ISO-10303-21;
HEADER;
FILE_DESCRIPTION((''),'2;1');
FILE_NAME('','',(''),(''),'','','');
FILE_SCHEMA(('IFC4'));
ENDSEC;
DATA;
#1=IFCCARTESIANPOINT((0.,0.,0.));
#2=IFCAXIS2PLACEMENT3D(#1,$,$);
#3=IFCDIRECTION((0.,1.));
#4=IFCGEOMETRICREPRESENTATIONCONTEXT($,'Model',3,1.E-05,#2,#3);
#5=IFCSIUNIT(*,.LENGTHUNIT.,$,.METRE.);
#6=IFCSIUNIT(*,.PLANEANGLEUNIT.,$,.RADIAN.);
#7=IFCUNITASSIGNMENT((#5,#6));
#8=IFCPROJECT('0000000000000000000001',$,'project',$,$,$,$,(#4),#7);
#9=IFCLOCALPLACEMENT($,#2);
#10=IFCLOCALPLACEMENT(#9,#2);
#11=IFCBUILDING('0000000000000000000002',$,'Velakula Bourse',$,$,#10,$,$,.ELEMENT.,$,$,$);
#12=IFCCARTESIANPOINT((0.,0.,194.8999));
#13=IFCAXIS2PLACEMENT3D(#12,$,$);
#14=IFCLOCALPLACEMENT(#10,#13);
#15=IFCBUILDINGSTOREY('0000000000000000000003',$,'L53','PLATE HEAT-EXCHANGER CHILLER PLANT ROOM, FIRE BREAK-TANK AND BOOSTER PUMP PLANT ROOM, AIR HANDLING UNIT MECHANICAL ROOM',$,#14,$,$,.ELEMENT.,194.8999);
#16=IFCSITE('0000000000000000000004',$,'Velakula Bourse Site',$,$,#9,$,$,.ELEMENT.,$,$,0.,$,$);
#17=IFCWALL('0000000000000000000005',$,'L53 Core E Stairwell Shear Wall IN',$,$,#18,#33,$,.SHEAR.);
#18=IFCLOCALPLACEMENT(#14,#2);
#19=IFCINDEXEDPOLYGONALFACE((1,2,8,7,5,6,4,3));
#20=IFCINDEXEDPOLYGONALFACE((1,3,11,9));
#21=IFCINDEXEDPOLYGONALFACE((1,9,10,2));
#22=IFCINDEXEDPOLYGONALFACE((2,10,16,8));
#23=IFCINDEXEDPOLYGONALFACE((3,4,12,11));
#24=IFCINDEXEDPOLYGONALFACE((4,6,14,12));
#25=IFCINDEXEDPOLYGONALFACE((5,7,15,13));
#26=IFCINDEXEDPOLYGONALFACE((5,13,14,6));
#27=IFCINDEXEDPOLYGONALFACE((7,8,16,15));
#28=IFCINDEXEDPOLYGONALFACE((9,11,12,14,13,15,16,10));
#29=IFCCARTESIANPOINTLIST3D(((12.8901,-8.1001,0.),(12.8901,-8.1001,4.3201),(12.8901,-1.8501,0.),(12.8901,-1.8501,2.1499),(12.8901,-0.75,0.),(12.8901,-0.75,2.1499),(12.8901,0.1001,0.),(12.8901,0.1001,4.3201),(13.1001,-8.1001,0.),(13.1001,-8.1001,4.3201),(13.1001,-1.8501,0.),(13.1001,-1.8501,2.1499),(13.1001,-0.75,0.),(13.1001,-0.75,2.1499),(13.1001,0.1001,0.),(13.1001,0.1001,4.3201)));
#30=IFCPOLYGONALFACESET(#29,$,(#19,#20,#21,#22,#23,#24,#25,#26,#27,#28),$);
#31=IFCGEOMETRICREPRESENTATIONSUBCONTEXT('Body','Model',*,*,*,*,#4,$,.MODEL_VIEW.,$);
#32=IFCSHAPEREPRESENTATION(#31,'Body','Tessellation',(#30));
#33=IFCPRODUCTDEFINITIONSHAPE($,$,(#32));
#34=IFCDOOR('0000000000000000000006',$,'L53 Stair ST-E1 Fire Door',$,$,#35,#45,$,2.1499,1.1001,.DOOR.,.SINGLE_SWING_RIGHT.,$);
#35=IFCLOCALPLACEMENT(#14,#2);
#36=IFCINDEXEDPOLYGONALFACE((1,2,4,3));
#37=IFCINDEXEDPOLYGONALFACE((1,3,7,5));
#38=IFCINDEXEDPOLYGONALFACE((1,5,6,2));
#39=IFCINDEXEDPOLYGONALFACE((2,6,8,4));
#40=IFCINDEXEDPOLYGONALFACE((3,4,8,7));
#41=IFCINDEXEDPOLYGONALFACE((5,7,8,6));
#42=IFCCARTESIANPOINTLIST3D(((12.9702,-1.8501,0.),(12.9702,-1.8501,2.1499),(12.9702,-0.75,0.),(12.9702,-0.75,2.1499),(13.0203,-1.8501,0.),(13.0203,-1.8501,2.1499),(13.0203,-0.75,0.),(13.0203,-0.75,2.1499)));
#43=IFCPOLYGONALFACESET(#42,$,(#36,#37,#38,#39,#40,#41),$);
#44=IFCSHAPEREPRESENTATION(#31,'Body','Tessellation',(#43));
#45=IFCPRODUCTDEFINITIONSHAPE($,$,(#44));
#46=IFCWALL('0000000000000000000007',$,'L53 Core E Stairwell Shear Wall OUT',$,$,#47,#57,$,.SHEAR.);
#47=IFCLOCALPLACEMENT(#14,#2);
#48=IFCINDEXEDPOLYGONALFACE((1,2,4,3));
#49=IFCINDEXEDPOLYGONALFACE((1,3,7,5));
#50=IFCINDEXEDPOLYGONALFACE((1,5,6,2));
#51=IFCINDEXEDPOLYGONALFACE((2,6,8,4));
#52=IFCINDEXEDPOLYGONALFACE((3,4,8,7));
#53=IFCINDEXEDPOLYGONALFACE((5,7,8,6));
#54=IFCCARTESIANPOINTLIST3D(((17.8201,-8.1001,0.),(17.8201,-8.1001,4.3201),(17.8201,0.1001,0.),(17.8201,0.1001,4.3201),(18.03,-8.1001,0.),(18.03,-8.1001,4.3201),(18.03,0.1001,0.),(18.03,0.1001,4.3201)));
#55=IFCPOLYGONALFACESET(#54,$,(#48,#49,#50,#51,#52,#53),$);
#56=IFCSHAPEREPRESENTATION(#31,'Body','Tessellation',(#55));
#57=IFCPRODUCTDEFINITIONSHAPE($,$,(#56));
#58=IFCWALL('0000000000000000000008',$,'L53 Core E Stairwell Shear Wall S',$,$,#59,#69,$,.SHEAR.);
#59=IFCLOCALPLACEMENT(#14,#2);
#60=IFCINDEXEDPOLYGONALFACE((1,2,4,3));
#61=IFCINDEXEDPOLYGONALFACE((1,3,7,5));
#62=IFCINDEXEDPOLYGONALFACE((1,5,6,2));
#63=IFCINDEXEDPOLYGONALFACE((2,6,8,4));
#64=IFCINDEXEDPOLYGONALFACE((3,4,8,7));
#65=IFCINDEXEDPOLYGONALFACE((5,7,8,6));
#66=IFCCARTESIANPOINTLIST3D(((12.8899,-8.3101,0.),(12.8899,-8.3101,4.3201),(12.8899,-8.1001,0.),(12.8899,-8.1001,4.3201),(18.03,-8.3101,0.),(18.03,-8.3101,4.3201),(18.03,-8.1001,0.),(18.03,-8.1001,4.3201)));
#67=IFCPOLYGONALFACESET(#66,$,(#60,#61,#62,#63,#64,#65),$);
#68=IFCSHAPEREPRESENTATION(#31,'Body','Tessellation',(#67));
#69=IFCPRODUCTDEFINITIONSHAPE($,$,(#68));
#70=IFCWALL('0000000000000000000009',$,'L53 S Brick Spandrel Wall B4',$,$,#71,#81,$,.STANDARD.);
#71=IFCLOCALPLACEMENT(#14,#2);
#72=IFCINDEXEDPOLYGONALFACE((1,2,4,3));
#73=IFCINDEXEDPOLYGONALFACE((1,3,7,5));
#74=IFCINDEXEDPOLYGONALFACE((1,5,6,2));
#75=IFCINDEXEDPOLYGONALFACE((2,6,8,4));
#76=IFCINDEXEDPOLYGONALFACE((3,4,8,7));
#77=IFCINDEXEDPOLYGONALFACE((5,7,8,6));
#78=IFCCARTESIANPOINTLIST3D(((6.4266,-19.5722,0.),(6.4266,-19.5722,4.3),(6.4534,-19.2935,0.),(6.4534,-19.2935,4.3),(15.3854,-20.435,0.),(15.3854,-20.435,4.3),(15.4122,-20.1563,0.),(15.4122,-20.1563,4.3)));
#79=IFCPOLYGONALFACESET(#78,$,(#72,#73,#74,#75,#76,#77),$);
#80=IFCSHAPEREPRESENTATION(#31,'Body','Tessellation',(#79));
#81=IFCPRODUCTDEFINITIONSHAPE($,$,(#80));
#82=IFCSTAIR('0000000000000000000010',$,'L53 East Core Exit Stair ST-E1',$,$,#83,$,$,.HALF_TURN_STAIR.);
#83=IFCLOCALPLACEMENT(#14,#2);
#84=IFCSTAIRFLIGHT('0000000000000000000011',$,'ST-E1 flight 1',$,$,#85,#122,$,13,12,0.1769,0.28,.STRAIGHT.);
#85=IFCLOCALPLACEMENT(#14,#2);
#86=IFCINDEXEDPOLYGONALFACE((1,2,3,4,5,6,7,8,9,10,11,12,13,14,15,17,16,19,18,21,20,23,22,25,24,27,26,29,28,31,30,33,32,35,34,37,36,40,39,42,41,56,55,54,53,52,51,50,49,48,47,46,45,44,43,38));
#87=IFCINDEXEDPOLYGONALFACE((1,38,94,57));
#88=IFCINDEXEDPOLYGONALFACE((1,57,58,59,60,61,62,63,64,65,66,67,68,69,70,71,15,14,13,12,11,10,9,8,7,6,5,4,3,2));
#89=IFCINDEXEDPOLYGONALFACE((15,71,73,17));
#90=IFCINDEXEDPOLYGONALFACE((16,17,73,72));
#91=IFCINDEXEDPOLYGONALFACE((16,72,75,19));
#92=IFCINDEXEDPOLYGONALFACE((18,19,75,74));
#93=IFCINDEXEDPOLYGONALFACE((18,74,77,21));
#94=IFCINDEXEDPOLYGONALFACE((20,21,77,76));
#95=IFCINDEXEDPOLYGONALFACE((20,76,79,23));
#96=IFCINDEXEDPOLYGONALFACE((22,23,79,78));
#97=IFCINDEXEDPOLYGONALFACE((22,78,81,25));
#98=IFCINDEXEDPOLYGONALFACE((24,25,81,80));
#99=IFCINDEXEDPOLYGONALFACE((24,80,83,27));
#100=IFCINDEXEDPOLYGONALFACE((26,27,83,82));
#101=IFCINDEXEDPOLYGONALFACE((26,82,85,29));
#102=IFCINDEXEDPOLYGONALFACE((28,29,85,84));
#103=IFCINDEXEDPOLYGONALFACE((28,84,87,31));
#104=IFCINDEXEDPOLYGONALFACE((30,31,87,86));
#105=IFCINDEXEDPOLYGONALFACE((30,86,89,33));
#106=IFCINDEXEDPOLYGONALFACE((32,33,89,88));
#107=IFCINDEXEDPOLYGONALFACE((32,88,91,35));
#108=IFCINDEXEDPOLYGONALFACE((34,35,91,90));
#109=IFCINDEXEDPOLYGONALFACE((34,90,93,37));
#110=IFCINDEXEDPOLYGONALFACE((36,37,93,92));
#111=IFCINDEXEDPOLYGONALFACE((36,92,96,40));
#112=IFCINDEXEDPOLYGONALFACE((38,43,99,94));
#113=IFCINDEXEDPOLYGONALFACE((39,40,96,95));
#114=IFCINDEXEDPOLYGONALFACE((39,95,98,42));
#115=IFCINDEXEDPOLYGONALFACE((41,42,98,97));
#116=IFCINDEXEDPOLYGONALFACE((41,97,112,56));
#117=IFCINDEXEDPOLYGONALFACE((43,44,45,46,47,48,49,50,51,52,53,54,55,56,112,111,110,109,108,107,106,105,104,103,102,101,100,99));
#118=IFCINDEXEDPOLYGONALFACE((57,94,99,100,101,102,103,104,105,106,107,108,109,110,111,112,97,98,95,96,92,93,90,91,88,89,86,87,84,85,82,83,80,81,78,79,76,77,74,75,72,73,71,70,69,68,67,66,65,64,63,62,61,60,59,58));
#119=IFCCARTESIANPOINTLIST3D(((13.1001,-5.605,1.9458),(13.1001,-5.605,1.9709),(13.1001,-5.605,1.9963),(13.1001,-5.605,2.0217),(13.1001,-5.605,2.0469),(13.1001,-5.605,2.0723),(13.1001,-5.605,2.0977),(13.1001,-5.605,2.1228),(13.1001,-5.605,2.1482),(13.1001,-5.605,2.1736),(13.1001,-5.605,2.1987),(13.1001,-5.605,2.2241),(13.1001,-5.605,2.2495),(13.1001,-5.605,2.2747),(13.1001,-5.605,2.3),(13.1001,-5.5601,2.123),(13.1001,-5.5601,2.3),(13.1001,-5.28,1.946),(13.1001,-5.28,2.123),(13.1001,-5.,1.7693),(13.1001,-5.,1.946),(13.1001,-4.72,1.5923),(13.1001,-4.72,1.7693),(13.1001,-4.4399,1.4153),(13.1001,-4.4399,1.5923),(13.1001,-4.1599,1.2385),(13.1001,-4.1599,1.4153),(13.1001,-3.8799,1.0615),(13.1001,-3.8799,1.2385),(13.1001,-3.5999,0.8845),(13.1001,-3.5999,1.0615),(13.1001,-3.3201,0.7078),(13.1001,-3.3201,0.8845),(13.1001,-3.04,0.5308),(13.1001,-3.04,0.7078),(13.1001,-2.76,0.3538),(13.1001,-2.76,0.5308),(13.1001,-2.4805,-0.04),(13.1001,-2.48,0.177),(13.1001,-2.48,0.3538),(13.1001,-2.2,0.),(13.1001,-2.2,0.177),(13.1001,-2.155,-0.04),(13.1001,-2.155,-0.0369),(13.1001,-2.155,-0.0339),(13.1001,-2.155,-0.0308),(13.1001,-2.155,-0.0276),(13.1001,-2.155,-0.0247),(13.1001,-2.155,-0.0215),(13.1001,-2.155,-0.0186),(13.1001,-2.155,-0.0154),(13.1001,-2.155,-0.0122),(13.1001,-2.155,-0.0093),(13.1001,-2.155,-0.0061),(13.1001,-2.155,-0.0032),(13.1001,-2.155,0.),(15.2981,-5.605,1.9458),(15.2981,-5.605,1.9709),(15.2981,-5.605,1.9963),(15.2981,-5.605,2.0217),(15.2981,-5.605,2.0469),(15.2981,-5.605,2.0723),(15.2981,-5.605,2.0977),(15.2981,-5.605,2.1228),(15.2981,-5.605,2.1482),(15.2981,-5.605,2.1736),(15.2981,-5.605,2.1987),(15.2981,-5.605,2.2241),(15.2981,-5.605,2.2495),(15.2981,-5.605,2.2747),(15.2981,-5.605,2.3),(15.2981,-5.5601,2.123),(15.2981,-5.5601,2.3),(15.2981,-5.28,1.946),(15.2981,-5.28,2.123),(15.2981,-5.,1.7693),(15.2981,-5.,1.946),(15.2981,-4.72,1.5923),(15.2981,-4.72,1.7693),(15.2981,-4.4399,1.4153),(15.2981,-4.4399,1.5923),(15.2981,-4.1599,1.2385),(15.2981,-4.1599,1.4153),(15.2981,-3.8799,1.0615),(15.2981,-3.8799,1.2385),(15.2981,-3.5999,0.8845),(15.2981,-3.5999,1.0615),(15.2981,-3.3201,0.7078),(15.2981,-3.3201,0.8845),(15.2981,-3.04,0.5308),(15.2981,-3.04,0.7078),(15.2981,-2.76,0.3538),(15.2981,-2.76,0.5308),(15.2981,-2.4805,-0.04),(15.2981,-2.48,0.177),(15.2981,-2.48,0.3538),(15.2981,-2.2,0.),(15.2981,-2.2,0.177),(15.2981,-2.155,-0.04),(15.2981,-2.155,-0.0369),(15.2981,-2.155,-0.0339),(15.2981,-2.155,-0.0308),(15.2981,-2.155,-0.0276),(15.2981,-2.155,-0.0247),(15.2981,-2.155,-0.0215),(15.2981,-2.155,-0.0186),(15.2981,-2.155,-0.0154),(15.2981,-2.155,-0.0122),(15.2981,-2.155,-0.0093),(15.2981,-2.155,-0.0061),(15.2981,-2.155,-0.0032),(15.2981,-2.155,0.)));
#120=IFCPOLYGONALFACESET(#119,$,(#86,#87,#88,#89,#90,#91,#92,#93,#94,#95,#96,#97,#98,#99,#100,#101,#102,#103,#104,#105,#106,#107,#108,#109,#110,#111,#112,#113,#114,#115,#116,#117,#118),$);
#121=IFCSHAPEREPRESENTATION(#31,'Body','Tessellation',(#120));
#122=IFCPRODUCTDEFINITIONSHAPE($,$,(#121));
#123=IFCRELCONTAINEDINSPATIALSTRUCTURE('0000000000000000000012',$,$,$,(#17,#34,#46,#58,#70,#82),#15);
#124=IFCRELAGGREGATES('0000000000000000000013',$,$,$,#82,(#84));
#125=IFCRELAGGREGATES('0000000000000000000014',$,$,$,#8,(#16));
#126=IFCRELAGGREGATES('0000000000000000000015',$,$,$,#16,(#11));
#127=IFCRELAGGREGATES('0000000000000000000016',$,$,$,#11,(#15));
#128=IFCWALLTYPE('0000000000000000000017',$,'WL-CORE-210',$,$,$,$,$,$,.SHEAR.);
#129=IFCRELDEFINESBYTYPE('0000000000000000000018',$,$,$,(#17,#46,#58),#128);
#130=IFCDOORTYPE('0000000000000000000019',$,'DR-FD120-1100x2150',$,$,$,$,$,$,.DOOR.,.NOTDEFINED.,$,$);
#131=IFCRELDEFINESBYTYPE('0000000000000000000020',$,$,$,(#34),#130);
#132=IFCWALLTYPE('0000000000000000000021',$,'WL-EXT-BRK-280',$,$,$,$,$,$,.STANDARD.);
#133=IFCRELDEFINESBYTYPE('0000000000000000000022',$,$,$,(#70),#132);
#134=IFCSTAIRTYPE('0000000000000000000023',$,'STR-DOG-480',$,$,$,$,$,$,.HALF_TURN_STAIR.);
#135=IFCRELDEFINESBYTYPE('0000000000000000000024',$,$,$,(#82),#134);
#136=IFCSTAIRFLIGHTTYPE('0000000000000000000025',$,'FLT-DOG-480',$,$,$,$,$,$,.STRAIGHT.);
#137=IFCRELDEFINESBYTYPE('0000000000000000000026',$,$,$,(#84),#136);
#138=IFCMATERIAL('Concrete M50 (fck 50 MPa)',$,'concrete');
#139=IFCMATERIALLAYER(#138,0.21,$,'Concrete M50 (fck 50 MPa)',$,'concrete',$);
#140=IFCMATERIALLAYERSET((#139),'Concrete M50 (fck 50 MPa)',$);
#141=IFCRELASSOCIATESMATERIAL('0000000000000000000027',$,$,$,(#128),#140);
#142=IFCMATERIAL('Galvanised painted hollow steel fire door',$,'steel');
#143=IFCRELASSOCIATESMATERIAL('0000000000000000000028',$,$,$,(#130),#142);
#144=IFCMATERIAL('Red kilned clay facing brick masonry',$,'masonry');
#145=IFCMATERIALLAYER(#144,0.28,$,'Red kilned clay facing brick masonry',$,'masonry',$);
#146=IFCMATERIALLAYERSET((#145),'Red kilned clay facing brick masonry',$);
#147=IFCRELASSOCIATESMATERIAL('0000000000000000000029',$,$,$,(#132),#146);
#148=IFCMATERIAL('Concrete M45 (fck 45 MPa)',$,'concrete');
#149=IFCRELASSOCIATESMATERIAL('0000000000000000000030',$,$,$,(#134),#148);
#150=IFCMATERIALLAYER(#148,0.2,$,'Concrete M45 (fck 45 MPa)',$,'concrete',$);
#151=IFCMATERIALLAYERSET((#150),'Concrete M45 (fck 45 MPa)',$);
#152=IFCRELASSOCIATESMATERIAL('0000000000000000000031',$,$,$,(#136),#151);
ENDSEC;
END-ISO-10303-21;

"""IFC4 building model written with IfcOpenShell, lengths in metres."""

from ifc_helpers import new_model, si_unit, direction, frame, frame_2d, origin, place, context, subcontext, project, spatial, polyline, rectangle, outline, extrude, material, layer, layer_set, type_object, element, fill, aggregate, save


model = new_model("IFC4")

# Units and contexts
model_context = context("Model", 3, precision=1e-05, world=origin(), true_north=direction((0.0, 1.0)))
body_context = subcontext(model_context, "Body", "Model", "MODEL_VIEW")
ifc_project = project(units=[si_unit("LENGTHUNIT", "METRE"), si_unit("PLANEANGLEUNIT", "RADIAN")], contexts=[model_context])

# Site, building, storey
site_placement = place(None, origin())
site = spatial("IfcSite", under=ifc_project, at=site_placement, Name="Velakula Bourse Site", CompositionType="ELEMENT", RefElevation=0.0)
building_placement = place(site_placement, origin())
building = spatial("IfcBuilding", under=site, at=building_placement, Name="Velakula Bourse", CompositionType="ELEMENT")
storey_placement = place(building_placement, frame((0.0, 0.0, 194.8999)))
storey = spatial("IfcBuildingStorey", under=building, at=storey_placement, Name="L53", Description="PLATE HEAT-EXCHANGER CHILLER PLANT ROOM, FIRE BREAK-TANK AND BOOSTER PUMP PLANT ROOM, AIR HANDLING UNIT MECHANICAL ROOM", CompositionType="ELEMENT", Elevation=194.8999)

# Wall, opening, door
ifc_material_1 = material(Name="Concrete M50 (fck 50 MPa)", Category="concrete")
ifc_layer_1 = layer(ifc_material_1, 0.21, Name="Concrete M50 (fck 50 MPa)", Category="concrete")
ifc_layer_set_1 = layer_set([ifc_layer_1], Name="Concrete M50 (fck 50 MPa)")
wall_type_1 = type_object("IfcWallType", Name="WL-CORE-210", PredefinedType="SHEAR", material=ifc_layer_set_1)
wall_1_placement = place(storey_placement, frame((12.9951, -8.1001, 0.0), z_axis=(0.0, 0.0, 1.0), x_axis=(0.0, 1.0, 0.0)))
wall_1 = element("IfcWall", 1, at=wall_1_placement, inside=storey, type_object=wall_type_1, Name="L53 Core E Stairwell Shear Wall IN", PredefinedType="SHEAR", context=body_context, shape_type="SweptSolid", body=[
    extrude(rectangle(XDim=8.2002, YDim=0.21, at=frame_2d((4.1001, 0.0))), origin(), (0.0, 0.0, 1.0), 4.3201),
])
opening_placement = place(wall_1_placement, frame((6.25, 0.0, 0.0)))
opening = element("IfcOpeningElement", 2, at=opening_placement, cuts=wall_1, PredefinedType="OPENING", context=body_context, shape_type="SweptSolid", body=[
    extrude(rectangle(XDim=1.1001, YDim=2.1499, at=frame_2d((0.55, 1.075))), frame((0.0, 0.115, 0.0), z_axis=(0.0, -1.0, 0.0), x_axis=(1.0, 0.0, 0.0)), (0.0, 0.0, 1.0), 0.23),
])
ifc_material_2 = material(Name="Galvanised painted hollow steel fire door", Category="steel")
door_type = type_object("IfcDoorType", Name="DR-FD120-1100x2150", OperationType="NOTDEFINED", PredefinedType="DOOR", material=ifc_material_2)
door_placement = place(opening_placement, origin())
door = element("IfcDoor", 3, at=door_placement, inside=storey, type_object=door_type, Name="L53 Stair ST-E1 Fire Door", OperationType="SINGLE_SWING_RIGHT", OverallHeight=2.1499, OverallWidth=1.1001, PredefinedType="DOOR", context=body_context, shape_type="SweptSolid", body=[
    extrude(rectangle(XDim=1.1001, YDim=2.1499, at=frame_2d((0.55, 1.075))), frame((0.0, 0.0249, 0.0), z_axis=(0.0, -1.0, 0.0), x_axis=(1.0, 0.0, 0.0)), (0.0, 0.0, 1.0), 0.05),
])
fill(opening, door)

# Walls
wall_2_placement = place(storey_placement, frame((17.925, -8.1001, 0.0), z_axis=(0.0, 0.0, 1.0), x_axis=(0.0, 1.0, 0.0)))
element("IfcWall", 4, at=wall_2_placement, inside=storey, type_object=wall_type_1, Name="L53 Core E Stairwell Shear Wall OUT", PredefinedType="SHEAR", context=body_context, shape_type="SweptSolid", body=[
    extrude(rectangle(XDim=8.2002, YDim=0.21, at=frame_2d((4.1001, 0.0))), origin(), (0.0, 0.0, 1.0), 4.3201),
])
wall_3_placement = place(storey_placement, frame((12.8899, -8.2051, 0.0), z_axis=(0.0, 0.0, 1.0), x_axis=(1.0, 0.0, 0.0)))
element("IfcWall", 5, at=wall_3_placement, inside=storey, type_object=wall_type_1, Name="L53 Core E Stairwell Shear Wall S", PredefinedType="SHEAR", context=body_context, shape_type="SweptSolid", body=[
    extrude(rectangle(XDim=5.1401, YDim=0.21, at=frame_2d((2.5701, 0.0))), origin(), (0.0, 0.0, 1.0), 4.3201),
])
ifc_material_3 = material(Name="Red kilned clay facing brick masonry", Category="masonry")
ifc_layer_2 = layer(ifc_material_3, 0.28, Name="Red kilned clay facing brick masonry", Category="masonry")
ifc_layer_set_2 = layer_set([ifc_layer_2], Name="Red kilned clay facing brick masonry")
wall_type_2 = type_object("IfcWallType", Name="WL-EXT-BRK-280", PredefinedType="STANDARD", material=ifc_layer_set_2)
wall_4_placement = place(storey_placement, frame((15.3987, -20.2957, 0.0), z_axis=(0.0, 0.0, 1.0), x_axis=(-0.995394, 0.095864, 0.0)))
element("IfcWall", 6, at=wall_4_placement, inside=storey, type_object=wall_type_2, Name="L53 S Brick Spandrel Wall B4", PredefinedType="STANDARD", context=body_context, shape_type="SweptSolid", body=[
    extrude(rectangle(XDim=9.0002, YDim=0.28, at=frame_2d((4.5, 0.0))), origin(), (0.0, 0.0, 1.0), 4.3),
])

# Stair, stair flight
ifc_material_4 = material(Name="Concrete M45 (fck 45 MPa)", Category="concrete")
stair_type = type_object("IfcStairType", Name="STR-DOG-480", PredefinedType="HALF_TURN_STAIR", material=ifc_material_4)
stair_placement = place(storey_placement, origin())
stair = element("IfcStair", 7, at=stair_placement, inside=storey, type_object=stair_type, Name="L53 East Core Exit Stair ST-E1", PredefinedType="HALF_TURN_STAIR")
ifc_layer_3 = layer(ifc_material_4, 0.2, Name="Concrete M45 (fck 45 MPa)", Category="concrete")
ifc_layer_set_3 = layer_set([ifc_layer_3], Name="Concrete M45 (fck 45 MPa)")
stair_flight_type = type_object("IfcStairFlightType", Name="FLT-DOG-480", PredefinedType="STRAIGHT", material=ifc_layer_set_3)
stair_flight_1_placement = place(storey_placement, frame((14.199, -2.2, 0.0), z_axis=(0.0, 0.0, 1.0), x_axis=(0.0, -1.0, 0.0)))
stair_flight_1 = element("IfcStairFlight", 8, at=stair_flight_1_placement, type_object=stair_flight_type, Name="ST-E1 flight 1", NumberOfRisers=13, NumberOfTreads=12, PredefinedType="STRAIGHT", RiserHeight=0.1769, TreadLength=0.28, context=body_context, shape_type="SweptSolid", body=[
    extrude(outline(polyline([(-0.0449, -0.04), (-0.0449, -0.0369), (-0.0449, -0.0339), (-0.0449, -0.0308), (-0.0449, -0.0276), (-0.0449, -0.0247), (-0.0449, -0.0215), (-0.0449, -0.0186), (-0.0449, -0.0154), (-0.0449, -0.0122), (-0.0449, -0.0093), (-0.0449, -0.0061), (-0.0449, -0.0032), (-0.0449, 0.0), (0.0, 0.0), (0.0, 0.177), (0.28, 0.177), (0.28, 0.3538), (0.5601, 0.3538), (0.5601, 0.5308), (0.8401, 0.5308), (0.8401, 0.7078), (1.1201, 0.7078), (1.1201, 0.8845), (1.3999, 0.8845), (1.3999, 1.0615), (1.6799, 1.0615), (1.6799, 1.2385), (1.96, 1.2385), (1.96, 1.4153), (2.24, 1.4153), (2.24, 1.5923), (2.52, 1.5923), (2.52, 1.7693), (2.8, 1.7693), (2.8, 1.946), (3.0801, 1.946), (3.0801, 2.123), (3.3601, 2.123), (3.3601, 2.3), (3.405, 2.3), (3.405, 2.2747), (3.405, 2.2495), (3.405, 2.2241), (3.405, 2.1987), (3.405, 2.1736), (3.405, 2.1482), (3.405, 2.1228), (3.405, 2.0977), (3.405, 2.0723), (3.405, 2.0469), (3.405, 2.0217), (3.405, 1.9963), (3.405, 1.9709), (3.405, 1.9458), (0.2805, -0.04), (-0.0449, -0.04)])), frame((0.0, 1.0991, 0.0), z_axis=(0.0, -1.0, 0.0), x_axis=(1.0, 0.0, 0.0)), (0.0, 0.0, 1.0), 2.198),
])
aggregate(stair, [stair_flight_1])

save(model, "model.ifc")
